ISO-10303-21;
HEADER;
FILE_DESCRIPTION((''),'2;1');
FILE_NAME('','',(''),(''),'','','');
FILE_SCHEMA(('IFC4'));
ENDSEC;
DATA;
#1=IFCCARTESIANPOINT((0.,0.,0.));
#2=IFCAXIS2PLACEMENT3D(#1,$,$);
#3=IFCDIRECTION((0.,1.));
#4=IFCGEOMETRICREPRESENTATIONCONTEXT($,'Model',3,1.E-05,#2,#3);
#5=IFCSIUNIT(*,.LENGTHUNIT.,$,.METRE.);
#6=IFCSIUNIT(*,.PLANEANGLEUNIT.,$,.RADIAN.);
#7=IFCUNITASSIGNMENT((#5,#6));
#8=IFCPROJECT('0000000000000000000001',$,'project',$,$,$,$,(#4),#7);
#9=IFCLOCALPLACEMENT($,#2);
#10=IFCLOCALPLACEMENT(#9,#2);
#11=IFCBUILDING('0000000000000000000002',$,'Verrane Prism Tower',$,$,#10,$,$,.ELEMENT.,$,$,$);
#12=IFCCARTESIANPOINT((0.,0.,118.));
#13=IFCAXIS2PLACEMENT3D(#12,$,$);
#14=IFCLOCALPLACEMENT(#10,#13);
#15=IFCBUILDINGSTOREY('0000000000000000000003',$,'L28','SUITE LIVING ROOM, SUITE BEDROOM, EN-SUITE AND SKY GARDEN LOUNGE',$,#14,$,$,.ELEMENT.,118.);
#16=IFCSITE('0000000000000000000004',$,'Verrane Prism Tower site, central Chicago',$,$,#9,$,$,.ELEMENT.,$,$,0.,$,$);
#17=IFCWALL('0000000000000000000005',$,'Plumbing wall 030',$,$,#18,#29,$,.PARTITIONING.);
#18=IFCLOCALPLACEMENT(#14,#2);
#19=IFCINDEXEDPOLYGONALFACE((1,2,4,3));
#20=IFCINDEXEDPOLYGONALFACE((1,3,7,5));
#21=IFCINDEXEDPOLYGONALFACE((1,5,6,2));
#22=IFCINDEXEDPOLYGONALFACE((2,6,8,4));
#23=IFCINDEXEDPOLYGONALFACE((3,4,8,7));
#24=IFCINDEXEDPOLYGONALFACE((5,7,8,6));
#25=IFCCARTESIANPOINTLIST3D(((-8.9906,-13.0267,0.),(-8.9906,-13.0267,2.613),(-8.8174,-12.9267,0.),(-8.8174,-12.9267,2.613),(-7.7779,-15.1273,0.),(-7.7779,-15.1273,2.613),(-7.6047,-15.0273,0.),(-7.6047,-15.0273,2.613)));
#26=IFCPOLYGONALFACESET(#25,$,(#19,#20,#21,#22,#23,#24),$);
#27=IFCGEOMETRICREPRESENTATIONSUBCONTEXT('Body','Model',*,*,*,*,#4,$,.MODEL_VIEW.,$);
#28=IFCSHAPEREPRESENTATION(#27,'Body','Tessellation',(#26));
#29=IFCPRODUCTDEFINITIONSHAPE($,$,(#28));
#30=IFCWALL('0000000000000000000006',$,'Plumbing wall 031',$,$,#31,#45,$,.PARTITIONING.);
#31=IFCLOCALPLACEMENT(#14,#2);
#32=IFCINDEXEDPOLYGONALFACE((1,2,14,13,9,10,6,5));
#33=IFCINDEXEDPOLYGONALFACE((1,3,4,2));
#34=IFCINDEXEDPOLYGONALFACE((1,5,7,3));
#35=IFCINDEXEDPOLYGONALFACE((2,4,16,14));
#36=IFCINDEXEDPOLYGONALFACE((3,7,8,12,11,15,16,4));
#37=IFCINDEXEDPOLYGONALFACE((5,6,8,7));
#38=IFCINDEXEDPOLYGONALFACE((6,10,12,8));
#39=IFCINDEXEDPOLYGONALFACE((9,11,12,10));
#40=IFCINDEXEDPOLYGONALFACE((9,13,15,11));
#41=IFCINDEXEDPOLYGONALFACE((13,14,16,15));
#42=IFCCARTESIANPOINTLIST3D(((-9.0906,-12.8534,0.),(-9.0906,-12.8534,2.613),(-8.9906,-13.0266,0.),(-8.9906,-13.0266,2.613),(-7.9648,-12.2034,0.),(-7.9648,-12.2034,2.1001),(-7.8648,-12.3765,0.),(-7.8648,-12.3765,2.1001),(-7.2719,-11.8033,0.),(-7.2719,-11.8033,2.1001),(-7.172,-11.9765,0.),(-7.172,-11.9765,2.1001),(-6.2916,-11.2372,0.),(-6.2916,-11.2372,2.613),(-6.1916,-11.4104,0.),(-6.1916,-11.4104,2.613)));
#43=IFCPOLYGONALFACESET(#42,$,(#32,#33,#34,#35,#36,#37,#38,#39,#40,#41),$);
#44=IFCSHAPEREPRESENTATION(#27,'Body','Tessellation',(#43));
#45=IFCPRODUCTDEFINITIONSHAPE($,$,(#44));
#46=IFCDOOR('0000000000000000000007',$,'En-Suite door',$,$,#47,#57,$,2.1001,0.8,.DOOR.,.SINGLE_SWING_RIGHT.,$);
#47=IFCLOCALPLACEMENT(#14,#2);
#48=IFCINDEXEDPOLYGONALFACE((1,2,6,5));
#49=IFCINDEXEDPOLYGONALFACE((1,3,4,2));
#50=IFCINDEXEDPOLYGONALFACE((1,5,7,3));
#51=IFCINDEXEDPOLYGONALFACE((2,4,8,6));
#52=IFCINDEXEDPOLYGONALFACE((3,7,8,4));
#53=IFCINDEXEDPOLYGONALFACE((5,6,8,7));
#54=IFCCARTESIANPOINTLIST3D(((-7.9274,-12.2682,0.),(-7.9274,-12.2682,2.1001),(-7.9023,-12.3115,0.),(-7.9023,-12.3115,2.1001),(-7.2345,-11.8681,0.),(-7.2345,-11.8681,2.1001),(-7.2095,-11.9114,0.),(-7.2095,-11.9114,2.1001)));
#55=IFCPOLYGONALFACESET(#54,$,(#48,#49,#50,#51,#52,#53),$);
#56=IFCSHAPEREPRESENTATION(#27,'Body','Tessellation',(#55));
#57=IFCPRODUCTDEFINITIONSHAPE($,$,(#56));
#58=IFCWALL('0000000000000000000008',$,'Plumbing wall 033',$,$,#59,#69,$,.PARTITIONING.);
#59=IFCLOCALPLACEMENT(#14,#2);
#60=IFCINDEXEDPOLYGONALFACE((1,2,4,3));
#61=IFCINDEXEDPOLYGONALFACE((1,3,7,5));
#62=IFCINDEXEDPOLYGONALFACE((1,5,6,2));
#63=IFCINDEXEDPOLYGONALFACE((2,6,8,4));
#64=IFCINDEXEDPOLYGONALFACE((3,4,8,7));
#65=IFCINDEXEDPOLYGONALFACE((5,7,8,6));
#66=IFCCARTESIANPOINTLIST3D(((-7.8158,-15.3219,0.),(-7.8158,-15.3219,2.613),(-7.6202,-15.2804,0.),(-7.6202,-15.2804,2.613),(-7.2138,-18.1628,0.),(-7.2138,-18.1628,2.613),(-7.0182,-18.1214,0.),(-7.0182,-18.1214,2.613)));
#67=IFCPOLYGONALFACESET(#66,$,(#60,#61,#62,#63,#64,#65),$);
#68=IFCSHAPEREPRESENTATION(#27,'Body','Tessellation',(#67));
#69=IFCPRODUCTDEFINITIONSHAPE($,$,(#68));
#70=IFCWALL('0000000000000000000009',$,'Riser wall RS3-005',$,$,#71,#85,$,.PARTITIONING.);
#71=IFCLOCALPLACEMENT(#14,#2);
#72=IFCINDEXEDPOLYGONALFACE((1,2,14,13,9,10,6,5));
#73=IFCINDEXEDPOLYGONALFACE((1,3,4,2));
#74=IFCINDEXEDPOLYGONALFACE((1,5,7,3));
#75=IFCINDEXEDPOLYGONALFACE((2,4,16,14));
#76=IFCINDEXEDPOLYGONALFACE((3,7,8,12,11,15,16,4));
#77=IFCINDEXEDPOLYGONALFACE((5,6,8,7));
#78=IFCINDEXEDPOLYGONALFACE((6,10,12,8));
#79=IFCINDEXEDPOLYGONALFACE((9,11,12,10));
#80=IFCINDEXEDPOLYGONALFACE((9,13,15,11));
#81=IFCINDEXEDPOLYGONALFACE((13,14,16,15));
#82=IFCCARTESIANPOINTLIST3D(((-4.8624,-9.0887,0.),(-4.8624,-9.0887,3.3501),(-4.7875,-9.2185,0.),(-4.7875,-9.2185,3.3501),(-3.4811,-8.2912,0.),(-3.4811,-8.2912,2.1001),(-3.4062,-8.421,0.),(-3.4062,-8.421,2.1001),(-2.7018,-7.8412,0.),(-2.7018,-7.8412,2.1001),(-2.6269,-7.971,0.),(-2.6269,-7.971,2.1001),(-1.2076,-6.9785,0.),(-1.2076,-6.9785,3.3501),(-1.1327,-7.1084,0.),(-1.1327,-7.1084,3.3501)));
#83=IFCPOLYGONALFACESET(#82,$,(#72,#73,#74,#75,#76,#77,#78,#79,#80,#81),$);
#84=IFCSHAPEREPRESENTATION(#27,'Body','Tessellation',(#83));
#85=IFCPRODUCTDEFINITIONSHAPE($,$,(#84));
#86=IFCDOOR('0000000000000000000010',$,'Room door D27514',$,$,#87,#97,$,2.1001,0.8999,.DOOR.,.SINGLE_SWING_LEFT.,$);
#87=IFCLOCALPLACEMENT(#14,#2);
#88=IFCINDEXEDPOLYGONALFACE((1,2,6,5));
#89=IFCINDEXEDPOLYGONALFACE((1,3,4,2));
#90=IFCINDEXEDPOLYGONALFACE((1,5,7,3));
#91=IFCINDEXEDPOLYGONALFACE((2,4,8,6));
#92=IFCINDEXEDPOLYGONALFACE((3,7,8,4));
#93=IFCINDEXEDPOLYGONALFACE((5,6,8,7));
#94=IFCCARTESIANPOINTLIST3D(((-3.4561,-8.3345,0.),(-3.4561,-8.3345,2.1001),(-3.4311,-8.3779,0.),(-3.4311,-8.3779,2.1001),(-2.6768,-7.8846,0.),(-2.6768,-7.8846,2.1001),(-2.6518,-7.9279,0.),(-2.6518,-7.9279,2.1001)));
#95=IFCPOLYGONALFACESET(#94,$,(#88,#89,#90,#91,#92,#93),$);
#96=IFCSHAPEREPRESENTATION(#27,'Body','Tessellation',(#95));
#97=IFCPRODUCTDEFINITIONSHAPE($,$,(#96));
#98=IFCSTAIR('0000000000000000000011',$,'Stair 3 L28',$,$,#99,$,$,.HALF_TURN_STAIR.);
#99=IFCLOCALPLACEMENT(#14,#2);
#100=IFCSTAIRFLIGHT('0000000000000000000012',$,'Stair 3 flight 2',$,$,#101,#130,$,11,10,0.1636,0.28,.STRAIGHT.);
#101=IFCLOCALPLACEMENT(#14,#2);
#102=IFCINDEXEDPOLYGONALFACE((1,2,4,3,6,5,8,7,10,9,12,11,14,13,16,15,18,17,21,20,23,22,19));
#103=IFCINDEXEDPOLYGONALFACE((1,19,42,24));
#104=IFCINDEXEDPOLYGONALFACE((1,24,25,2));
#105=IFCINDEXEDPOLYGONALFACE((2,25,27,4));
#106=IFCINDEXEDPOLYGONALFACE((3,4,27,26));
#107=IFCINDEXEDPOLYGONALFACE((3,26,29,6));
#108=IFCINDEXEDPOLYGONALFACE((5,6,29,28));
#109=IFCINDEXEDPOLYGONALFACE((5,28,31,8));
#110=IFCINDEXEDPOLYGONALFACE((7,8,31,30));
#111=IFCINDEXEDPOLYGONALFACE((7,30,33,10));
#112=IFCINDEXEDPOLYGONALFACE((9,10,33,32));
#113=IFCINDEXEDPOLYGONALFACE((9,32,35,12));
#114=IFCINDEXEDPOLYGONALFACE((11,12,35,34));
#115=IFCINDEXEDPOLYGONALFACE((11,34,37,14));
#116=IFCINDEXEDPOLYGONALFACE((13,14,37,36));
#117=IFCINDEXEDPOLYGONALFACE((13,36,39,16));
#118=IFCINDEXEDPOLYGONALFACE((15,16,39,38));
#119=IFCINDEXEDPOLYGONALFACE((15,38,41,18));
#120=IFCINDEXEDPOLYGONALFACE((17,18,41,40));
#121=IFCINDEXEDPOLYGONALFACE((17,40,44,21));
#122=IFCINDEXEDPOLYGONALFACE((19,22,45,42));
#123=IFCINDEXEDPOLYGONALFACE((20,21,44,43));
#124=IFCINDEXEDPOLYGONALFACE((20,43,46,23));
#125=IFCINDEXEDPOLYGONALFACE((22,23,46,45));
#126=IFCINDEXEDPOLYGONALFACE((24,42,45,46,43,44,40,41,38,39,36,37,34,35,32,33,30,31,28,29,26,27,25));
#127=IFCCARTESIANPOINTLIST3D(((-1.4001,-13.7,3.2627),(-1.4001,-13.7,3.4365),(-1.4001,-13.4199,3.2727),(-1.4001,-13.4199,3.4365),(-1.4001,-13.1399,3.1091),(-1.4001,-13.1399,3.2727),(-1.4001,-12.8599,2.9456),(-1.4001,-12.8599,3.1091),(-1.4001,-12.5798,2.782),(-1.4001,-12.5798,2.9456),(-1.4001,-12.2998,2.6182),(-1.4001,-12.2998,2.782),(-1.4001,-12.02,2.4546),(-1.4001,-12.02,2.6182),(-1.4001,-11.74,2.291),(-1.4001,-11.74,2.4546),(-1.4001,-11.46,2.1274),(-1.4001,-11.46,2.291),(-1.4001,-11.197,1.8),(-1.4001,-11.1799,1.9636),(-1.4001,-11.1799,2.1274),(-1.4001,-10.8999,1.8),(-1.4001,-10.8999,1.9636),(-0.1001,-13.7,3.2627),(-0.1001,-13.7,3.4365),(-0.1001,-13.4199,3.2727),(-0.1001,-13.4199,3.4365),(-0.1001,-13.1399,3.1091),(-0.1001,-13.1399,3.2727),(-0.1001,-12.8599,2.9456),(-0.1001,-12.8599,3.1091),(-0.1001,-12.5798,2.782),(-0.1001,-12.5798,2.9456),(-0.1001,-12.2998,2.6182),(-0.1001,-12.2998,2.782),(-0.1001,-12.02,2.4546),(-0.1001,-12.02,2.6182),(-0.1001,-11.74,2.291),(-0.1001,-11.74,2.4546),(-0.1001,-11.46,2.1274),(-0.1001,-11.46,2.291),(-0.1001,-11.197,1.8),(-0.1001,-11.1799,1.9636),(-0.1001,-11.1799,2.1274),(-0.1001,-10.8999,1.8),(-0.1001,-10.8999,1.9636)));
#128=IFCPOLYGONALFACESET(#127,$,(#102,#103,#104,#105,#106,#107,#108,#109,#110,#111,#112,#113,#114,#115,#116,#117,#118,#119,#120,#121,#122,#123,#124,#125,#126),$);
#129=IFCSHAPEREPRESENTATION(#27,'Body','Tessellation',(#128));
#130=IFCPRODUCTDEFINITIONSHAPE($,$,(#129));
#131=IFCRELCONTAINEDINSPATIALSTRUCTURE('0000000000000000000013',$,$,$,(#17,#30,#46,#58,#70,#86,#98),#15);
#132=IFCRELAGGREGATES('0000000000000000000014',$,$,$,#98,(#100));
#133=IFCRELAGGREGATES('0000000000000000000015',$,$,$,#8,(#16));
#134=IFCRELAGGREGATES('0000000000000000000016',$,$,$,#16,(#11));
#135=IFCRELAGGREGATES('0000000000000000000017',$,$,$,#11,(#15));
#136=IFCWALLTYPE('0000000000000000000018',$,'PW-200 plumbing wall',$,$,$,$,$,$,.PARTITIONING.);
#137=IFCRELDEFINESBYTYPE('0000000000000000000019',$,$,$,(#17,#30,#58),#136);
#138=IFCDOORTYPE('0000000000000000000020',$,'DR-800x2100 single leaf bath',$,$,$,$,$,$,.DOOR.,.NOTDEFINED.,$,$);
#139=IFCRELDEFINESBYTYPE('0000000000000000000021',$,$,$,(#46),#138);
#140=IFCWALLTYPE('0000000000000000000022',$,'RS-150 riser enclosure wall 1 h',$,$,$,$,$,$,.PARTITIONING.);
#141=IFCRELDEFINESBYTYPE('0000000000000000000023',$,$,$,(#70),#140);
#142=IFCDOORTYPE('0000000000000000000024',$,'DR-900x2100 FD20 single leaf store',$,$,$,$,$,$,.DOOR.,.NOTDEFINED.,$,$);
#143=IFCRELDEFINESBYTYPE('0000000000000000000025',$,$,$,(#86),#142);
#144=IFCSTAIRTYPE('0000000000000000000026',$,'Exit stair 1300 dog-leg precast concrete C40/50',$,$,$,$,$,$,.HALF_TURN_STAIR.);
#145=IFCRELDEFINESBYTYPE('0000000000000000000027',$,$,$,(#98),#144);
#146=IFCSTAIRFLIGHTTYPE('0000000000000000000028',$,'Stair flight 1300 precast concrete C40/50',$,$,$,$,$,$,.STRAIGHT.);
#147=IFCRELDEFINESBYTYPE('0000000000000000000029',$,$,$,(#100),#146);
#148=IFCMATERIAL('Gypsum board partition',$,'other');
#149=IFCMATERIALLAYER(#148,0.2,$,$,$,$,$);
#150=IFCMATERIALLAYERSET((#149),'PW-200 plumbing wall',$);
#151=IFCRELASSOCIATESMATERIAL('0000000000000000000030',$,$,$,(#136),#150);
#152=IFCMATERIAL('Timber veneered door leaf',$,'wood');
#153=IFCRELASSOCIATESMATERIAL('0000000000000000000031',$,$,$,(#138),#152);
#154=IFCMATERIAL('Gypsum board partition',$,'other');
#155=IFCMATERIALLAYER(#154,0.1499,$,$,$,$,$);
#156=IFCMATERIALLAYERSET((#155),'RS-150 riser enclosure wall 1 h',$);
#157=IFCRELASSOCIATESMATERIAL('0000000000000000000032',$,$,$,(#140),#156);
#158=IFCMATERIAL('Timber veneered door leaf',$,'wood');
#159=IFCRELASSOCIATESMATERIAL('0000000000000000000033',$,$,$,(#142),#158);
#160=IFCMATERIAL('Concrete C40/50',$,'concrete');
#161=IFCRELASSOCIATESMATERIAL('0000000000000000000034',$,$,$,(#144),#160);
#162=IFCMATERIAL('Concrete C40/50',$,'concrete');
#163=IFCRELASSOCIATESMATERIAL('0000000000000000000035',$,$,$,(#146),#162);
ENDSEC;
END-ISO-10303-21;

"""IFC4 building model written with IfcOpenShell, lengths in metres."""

from ifc_helpers import new_model, si_unit, direction, frame, frame_2d, origin, place, context, subcontext, project, spatial, polyline, rectangle, outline, extrude, material, layer, layer_set, type_object, element, fill, aggregate, save


model = new_model("IFC4")

# Units and contexts
model_context = context("Model", 3, precision=1e-05, world=origin(), true_north=direction((0.0, 1.0)))
body_context = subcontext(model_context, "Body", "Model", "MODEL_VIEW")
ifc_project = project(units=[si_unit("LENGTHUNIT", "METRE"), si_unit("PLANEANGLEUNIT", "RADIAN")], contexts=[model_context])

# Site, building, storey
site_placement = place(None, origin())
site = spatial("IfcSite", under=ifc_project, at=site_placement, Name="Verrane Prism Tower site, central Chicago", CompositionType="ELEMENT", RefElevation=0.0)
building_placement = place(site_placement, origin())
building = spatial("IfcBuilding", under=site, at=building_placement, Name="Verrane Prism Tower", CompositionType="ELEMENT")
storey_placement = place(building_placement, frame((0.0, 0.0, 118.0)))
storey = spatial("IfcBuildingStorey", under=building, at=storey_placement, Name="L28", Description="SUITE LIVING ROOM, SUITE BEDROOM, EN-SUITE AND SKY GARDEN LOUNGE", CompositionType="ELEMENT", Elevation=118.0)

# Wall
ifc_material_1 = material(Name="Gypsum board partition", Category="other")
ifc_layer_1 = layer(ifc_material_1, 0.2)
ifc_layer_set_1 = layer_set([ifc_layer_1], Name="PW-200 plumbing wall")
wall_type_1 = type_object("IfcWallType", Name="PW-200 plumbing wall", PredefinedType="PARTITIONING", material=ifc_layer_set_1)
wall_1_placement = place(storey_placement, frame((-8.9041, -12.9766, 0.0), z_axis=(0.0, 0.0, 1.0), x_axis=(0.499961, -0.866048, 0.0)))
element("IfcWall", 1, at=wall_1_placement, inside=storey, type_object=wall_type_1, Name="Plumbing wall 030", PredefinedType="PARTITIONING", context=body_context, shape_type="SweptSolid", body=[
    extrude(rectangle(XDim=2.4255, YDim=0.2, at=frame_2d((1.2129, 0.0))), origin(), (0.0, 0.0, 1.0), 2.613),
])

# Wall, opening, door
wall_2_placement = place(storey_placement, frame((-6.2415, -11.3237, 0.0), z_axis=(0.0, 0.0, 1.0), x_axis=(-0.866003, -0.500038, 0.0)))
wall_2 = element("IfcWall", 2, at=wall_2_placement, inside=storey, type_object=wall_type_1, Name="Plumbing wall 031", PredefinedType="PARTITIONING", context=body_context, shape_type="SweptSolid", body=[
    extrude(rectangle(XDim=3.2322, YDim=0.2, at=frame_2d((1.6162, 0.0))), origin(), (0.0, 0.0, 1.0), 2.613),
])
opening_1_placement = place(wall_2_placement, frame((1.1323, 0.0, 0.0)))
opening_1 = element("IfcOpeningElement", 3, at=opening_1_placement, cuts=wall_2, PredefinedType="OPENING", context=body_context, shape_type="SweptSolid", body=[
    extrude(rectangle(XDim=0.8, YDim=2.1001, at=frame_2d((0.3999, 1.05))), frame((0.0, 0.1099, 0.0), z_axis=(0.0, -1.0, 0.0), x_axis=(1.0, 0.0, 0.0)), (0.0, 0.0, 1.0), 0.22),
])
ifc_material_2 = material(Name="Timber veneered door leaf", Category="wood")
door_type_1 = type_object("IfcDoorType", Name="DR-800x2100 single leaf bath", OperationType="NOTDEFINED", PredefinedType="DOOR", material=ifc_material_2)
door_1_placement = place(opening_1_placement, origin())
door_1 = element("IfcDoor", 4, at=door_1_placement, inside=storey, type_object=door_type_1, Name="En-Suite door", OperationType="SINGLE_SWING_RIGHT", OverallHeight=2.1001, OverallWidth=0.8, PredefinedType="DOOR", context=body_context, shape_type="SweptSolid", body=[
    extrude(rectangle(XDim=0.8, YDim=2.1001, at=frame_2d((0.3999, 1.05))), frame((0.0, 0.0249, 0.0), z_axis=(0.0, -1.0, 0.0), x_axis=(1.0, 0.0, 0.0)), (0.0, 0.0, 1.0), 0.05),
])
fill(opening_1, door_1)

# Wall
wall_3_placement = place(storey_placement, frame((-7.718, -15.301, 0.0), z_axis=(0.0, 0.0, 1.0), x_axis=(0.207307, -0.978276, 0.0)))
element("IfcWall", 5, at=wall_3_placement, inside=storey, type_object=wall_type_1, Name="Plumbing wall 033", PredefinedType="PARTITIONING", context=body_context, shape_type="SweptSolid", body=[
    extrude(rectangle(XDim=2.9041, YDim=0.2, at=frame_2d((1.4521, 0.0))), origin(), (0.0, 0.0, 1.0), 2.613),
])

# Wall, opening, door
ifc_material_3 = material(Name="Gypsum board partition", Category="other")
ifc_layer_2 = layer(ifc_material_3, 0.1499)
ifc_layer_set_2 = layer_set([ifc_layer_2], Name="RS-150 riser enclosure wall 1 h")
wall_type_2 = type_object("IfcWallType", Name="RS-150 riser enclosure wall 1 h", PredefinedType="PARTITIONING", material=ifc_layer_set_2)
wall_4_placement = place(storey_placement, frame((-4.825, -9.1536, 0.0), z_axis=(0.0, 0.0, 1.0), x_axis=(0.866024, 0.500003, 0.0)))
wall_4 = element("IfcWall", 6, at=wall_4_placement, inside=storey, type_object=wall_type_2, Name="Riser wall RS3-005", PredefinedType="PARTITIONING", context=body_context, shape_type="SweptSolid", body=[
    extrude(rectangle(XDim=4.2202, YDim=0.1499, at=frame_2d((2.1101, 0.0))), origin(), (0.0, 0.0, 1.0), 3.3501),
])
opening_2_placement = place(wall_4_placement, frame((1.595, 0.0, 0.0)))
opening_2 = element("IfcOpeningElement", 7, at=opening_2_placement, cuts=wall_4, PredefinedType="OPENING", context=body_context, shape_type="SweptSolid", body=[
    extrude(rectangle(XDim=0.8999, YDim=2.1001, at=frame_2d((0.45, 1.05))), frame((0.0, 0.085, 0.0), z_axis=(0.0, -1.0, 0.0), x_axis=(1.0, 0.0, 0.0)), (0.0, 0.0, 1.0), 0.1699),
])
ifc_material_4 = material(Name="Timber veneered door leaf", Category="wood")
door_type_2 = type_object("IfcDoorType", Name="DR-900x2100 FD20 single leaf store", OperationType="NOTDEFINED", PredefinedType="DOOR", material=ifc_material_4)
door_2_placement = place(opening_2_placement, origin())
door_2 = element("IfcDoor", 8, at=door_2_placement, inside=storey, type_object=door_type_2, Name="Room door D27514", OperationType="SINGLE_SWING_LEFT", OverallHeight=2.1001, OverallWidth=0.8999, PredefinedType="DOOR", context=body_context, shape_type="SweptSolid", body=[
    extrude(rectangle(XDim=0.8999, YDim=2.1001, at=frame_2d((0.45, 1.05))), frame((0.0, 0.0249, 0.0), z_axis=(0.0, -1.0, 0.0), x_axis=(1.0, 0.0, 0.0)), (0.0, 0.0, 1.0), 0.05),
])
fill(opening_2, door_2)

# Stair, stair flight
ifc_material_5 = material(Name="Concrete C40/50", Category="concrete")
stair_type = type_object("IfcStairType", Name="Exit stair 1300 dog-leg precast concrete C40/50", PredefinedType="HALF_TURN_STAIR", material=ifc_material_5)
stair_placement = place(storey_placement, origin())
stair = element("IfcStair", 9, at=stair_placement, inside=storey, type_object=stair_type, Name="Stair 3 L28", PredefinedType="HALF_TURN_STAIR")
ifc_material_6 = material(Name="Concrete C40/50", Category="concrete")
stair_flight_type = type_object("IfcStairFlightType", Name="Stair flight 1300 precast concrete C40/50", PredefinedType="STRAIGHT", material=ifc_material_6)
stair_flight_placement = place(storey_placement, frame((-0.75, -10.8999, 1.8), z_axis=(0.0, 0.0, 1.0), x_axis=(0.0, -1.0, 0.0)))
stair_flight = element("IfcStairFlight", 10, at=stair_flight_placement, type_object=stair_flight_type, Name="Stair 3 flight 2", NumberOfRisers=11, NumberOfTreads=10, PredefinedType="STRAIGHT", RiserHeight=0.1636, TreadLength=0.28, context=body_context, shape_type="SweptSolid", body=[
    extrude(outline(polyline([(0.0, 0.0), (0.0, 0.1636), (0.28, 0.1636), (0.28, 0.3274), (0.5601, 0.3274), (0.5601, 0.491), (0.8401, 0.491), (0.8401, 0.6545), (1.1201, 0.6545), (1.1201, 0.8181), (1.3999, 0.8181), (1.3999, 0.9819), (1.6799, 0.9819), (1.6799, 1.1455), (1.96, 1.1455), (1.96, 1.3091), (2.24, 1.3091), (2.24, 1.4727), (2.52, 1.4727), (2.52, 1.6365), (2.8, 1.6365), (2.8, 1.8), (2.8, 1.4626), (0.2971, 0.0), (0.0, 0.0)])), frame((0.0, 0.6499, 0.0), z_axis=(0.0, -1.0, 0.0), x_axis=(1.0, 0.0, 0.0)), (0.0, 0.0, 1.0), 1.3),
])
aggregate(stair, [stair_flight])

save(model, "model.ifc")
